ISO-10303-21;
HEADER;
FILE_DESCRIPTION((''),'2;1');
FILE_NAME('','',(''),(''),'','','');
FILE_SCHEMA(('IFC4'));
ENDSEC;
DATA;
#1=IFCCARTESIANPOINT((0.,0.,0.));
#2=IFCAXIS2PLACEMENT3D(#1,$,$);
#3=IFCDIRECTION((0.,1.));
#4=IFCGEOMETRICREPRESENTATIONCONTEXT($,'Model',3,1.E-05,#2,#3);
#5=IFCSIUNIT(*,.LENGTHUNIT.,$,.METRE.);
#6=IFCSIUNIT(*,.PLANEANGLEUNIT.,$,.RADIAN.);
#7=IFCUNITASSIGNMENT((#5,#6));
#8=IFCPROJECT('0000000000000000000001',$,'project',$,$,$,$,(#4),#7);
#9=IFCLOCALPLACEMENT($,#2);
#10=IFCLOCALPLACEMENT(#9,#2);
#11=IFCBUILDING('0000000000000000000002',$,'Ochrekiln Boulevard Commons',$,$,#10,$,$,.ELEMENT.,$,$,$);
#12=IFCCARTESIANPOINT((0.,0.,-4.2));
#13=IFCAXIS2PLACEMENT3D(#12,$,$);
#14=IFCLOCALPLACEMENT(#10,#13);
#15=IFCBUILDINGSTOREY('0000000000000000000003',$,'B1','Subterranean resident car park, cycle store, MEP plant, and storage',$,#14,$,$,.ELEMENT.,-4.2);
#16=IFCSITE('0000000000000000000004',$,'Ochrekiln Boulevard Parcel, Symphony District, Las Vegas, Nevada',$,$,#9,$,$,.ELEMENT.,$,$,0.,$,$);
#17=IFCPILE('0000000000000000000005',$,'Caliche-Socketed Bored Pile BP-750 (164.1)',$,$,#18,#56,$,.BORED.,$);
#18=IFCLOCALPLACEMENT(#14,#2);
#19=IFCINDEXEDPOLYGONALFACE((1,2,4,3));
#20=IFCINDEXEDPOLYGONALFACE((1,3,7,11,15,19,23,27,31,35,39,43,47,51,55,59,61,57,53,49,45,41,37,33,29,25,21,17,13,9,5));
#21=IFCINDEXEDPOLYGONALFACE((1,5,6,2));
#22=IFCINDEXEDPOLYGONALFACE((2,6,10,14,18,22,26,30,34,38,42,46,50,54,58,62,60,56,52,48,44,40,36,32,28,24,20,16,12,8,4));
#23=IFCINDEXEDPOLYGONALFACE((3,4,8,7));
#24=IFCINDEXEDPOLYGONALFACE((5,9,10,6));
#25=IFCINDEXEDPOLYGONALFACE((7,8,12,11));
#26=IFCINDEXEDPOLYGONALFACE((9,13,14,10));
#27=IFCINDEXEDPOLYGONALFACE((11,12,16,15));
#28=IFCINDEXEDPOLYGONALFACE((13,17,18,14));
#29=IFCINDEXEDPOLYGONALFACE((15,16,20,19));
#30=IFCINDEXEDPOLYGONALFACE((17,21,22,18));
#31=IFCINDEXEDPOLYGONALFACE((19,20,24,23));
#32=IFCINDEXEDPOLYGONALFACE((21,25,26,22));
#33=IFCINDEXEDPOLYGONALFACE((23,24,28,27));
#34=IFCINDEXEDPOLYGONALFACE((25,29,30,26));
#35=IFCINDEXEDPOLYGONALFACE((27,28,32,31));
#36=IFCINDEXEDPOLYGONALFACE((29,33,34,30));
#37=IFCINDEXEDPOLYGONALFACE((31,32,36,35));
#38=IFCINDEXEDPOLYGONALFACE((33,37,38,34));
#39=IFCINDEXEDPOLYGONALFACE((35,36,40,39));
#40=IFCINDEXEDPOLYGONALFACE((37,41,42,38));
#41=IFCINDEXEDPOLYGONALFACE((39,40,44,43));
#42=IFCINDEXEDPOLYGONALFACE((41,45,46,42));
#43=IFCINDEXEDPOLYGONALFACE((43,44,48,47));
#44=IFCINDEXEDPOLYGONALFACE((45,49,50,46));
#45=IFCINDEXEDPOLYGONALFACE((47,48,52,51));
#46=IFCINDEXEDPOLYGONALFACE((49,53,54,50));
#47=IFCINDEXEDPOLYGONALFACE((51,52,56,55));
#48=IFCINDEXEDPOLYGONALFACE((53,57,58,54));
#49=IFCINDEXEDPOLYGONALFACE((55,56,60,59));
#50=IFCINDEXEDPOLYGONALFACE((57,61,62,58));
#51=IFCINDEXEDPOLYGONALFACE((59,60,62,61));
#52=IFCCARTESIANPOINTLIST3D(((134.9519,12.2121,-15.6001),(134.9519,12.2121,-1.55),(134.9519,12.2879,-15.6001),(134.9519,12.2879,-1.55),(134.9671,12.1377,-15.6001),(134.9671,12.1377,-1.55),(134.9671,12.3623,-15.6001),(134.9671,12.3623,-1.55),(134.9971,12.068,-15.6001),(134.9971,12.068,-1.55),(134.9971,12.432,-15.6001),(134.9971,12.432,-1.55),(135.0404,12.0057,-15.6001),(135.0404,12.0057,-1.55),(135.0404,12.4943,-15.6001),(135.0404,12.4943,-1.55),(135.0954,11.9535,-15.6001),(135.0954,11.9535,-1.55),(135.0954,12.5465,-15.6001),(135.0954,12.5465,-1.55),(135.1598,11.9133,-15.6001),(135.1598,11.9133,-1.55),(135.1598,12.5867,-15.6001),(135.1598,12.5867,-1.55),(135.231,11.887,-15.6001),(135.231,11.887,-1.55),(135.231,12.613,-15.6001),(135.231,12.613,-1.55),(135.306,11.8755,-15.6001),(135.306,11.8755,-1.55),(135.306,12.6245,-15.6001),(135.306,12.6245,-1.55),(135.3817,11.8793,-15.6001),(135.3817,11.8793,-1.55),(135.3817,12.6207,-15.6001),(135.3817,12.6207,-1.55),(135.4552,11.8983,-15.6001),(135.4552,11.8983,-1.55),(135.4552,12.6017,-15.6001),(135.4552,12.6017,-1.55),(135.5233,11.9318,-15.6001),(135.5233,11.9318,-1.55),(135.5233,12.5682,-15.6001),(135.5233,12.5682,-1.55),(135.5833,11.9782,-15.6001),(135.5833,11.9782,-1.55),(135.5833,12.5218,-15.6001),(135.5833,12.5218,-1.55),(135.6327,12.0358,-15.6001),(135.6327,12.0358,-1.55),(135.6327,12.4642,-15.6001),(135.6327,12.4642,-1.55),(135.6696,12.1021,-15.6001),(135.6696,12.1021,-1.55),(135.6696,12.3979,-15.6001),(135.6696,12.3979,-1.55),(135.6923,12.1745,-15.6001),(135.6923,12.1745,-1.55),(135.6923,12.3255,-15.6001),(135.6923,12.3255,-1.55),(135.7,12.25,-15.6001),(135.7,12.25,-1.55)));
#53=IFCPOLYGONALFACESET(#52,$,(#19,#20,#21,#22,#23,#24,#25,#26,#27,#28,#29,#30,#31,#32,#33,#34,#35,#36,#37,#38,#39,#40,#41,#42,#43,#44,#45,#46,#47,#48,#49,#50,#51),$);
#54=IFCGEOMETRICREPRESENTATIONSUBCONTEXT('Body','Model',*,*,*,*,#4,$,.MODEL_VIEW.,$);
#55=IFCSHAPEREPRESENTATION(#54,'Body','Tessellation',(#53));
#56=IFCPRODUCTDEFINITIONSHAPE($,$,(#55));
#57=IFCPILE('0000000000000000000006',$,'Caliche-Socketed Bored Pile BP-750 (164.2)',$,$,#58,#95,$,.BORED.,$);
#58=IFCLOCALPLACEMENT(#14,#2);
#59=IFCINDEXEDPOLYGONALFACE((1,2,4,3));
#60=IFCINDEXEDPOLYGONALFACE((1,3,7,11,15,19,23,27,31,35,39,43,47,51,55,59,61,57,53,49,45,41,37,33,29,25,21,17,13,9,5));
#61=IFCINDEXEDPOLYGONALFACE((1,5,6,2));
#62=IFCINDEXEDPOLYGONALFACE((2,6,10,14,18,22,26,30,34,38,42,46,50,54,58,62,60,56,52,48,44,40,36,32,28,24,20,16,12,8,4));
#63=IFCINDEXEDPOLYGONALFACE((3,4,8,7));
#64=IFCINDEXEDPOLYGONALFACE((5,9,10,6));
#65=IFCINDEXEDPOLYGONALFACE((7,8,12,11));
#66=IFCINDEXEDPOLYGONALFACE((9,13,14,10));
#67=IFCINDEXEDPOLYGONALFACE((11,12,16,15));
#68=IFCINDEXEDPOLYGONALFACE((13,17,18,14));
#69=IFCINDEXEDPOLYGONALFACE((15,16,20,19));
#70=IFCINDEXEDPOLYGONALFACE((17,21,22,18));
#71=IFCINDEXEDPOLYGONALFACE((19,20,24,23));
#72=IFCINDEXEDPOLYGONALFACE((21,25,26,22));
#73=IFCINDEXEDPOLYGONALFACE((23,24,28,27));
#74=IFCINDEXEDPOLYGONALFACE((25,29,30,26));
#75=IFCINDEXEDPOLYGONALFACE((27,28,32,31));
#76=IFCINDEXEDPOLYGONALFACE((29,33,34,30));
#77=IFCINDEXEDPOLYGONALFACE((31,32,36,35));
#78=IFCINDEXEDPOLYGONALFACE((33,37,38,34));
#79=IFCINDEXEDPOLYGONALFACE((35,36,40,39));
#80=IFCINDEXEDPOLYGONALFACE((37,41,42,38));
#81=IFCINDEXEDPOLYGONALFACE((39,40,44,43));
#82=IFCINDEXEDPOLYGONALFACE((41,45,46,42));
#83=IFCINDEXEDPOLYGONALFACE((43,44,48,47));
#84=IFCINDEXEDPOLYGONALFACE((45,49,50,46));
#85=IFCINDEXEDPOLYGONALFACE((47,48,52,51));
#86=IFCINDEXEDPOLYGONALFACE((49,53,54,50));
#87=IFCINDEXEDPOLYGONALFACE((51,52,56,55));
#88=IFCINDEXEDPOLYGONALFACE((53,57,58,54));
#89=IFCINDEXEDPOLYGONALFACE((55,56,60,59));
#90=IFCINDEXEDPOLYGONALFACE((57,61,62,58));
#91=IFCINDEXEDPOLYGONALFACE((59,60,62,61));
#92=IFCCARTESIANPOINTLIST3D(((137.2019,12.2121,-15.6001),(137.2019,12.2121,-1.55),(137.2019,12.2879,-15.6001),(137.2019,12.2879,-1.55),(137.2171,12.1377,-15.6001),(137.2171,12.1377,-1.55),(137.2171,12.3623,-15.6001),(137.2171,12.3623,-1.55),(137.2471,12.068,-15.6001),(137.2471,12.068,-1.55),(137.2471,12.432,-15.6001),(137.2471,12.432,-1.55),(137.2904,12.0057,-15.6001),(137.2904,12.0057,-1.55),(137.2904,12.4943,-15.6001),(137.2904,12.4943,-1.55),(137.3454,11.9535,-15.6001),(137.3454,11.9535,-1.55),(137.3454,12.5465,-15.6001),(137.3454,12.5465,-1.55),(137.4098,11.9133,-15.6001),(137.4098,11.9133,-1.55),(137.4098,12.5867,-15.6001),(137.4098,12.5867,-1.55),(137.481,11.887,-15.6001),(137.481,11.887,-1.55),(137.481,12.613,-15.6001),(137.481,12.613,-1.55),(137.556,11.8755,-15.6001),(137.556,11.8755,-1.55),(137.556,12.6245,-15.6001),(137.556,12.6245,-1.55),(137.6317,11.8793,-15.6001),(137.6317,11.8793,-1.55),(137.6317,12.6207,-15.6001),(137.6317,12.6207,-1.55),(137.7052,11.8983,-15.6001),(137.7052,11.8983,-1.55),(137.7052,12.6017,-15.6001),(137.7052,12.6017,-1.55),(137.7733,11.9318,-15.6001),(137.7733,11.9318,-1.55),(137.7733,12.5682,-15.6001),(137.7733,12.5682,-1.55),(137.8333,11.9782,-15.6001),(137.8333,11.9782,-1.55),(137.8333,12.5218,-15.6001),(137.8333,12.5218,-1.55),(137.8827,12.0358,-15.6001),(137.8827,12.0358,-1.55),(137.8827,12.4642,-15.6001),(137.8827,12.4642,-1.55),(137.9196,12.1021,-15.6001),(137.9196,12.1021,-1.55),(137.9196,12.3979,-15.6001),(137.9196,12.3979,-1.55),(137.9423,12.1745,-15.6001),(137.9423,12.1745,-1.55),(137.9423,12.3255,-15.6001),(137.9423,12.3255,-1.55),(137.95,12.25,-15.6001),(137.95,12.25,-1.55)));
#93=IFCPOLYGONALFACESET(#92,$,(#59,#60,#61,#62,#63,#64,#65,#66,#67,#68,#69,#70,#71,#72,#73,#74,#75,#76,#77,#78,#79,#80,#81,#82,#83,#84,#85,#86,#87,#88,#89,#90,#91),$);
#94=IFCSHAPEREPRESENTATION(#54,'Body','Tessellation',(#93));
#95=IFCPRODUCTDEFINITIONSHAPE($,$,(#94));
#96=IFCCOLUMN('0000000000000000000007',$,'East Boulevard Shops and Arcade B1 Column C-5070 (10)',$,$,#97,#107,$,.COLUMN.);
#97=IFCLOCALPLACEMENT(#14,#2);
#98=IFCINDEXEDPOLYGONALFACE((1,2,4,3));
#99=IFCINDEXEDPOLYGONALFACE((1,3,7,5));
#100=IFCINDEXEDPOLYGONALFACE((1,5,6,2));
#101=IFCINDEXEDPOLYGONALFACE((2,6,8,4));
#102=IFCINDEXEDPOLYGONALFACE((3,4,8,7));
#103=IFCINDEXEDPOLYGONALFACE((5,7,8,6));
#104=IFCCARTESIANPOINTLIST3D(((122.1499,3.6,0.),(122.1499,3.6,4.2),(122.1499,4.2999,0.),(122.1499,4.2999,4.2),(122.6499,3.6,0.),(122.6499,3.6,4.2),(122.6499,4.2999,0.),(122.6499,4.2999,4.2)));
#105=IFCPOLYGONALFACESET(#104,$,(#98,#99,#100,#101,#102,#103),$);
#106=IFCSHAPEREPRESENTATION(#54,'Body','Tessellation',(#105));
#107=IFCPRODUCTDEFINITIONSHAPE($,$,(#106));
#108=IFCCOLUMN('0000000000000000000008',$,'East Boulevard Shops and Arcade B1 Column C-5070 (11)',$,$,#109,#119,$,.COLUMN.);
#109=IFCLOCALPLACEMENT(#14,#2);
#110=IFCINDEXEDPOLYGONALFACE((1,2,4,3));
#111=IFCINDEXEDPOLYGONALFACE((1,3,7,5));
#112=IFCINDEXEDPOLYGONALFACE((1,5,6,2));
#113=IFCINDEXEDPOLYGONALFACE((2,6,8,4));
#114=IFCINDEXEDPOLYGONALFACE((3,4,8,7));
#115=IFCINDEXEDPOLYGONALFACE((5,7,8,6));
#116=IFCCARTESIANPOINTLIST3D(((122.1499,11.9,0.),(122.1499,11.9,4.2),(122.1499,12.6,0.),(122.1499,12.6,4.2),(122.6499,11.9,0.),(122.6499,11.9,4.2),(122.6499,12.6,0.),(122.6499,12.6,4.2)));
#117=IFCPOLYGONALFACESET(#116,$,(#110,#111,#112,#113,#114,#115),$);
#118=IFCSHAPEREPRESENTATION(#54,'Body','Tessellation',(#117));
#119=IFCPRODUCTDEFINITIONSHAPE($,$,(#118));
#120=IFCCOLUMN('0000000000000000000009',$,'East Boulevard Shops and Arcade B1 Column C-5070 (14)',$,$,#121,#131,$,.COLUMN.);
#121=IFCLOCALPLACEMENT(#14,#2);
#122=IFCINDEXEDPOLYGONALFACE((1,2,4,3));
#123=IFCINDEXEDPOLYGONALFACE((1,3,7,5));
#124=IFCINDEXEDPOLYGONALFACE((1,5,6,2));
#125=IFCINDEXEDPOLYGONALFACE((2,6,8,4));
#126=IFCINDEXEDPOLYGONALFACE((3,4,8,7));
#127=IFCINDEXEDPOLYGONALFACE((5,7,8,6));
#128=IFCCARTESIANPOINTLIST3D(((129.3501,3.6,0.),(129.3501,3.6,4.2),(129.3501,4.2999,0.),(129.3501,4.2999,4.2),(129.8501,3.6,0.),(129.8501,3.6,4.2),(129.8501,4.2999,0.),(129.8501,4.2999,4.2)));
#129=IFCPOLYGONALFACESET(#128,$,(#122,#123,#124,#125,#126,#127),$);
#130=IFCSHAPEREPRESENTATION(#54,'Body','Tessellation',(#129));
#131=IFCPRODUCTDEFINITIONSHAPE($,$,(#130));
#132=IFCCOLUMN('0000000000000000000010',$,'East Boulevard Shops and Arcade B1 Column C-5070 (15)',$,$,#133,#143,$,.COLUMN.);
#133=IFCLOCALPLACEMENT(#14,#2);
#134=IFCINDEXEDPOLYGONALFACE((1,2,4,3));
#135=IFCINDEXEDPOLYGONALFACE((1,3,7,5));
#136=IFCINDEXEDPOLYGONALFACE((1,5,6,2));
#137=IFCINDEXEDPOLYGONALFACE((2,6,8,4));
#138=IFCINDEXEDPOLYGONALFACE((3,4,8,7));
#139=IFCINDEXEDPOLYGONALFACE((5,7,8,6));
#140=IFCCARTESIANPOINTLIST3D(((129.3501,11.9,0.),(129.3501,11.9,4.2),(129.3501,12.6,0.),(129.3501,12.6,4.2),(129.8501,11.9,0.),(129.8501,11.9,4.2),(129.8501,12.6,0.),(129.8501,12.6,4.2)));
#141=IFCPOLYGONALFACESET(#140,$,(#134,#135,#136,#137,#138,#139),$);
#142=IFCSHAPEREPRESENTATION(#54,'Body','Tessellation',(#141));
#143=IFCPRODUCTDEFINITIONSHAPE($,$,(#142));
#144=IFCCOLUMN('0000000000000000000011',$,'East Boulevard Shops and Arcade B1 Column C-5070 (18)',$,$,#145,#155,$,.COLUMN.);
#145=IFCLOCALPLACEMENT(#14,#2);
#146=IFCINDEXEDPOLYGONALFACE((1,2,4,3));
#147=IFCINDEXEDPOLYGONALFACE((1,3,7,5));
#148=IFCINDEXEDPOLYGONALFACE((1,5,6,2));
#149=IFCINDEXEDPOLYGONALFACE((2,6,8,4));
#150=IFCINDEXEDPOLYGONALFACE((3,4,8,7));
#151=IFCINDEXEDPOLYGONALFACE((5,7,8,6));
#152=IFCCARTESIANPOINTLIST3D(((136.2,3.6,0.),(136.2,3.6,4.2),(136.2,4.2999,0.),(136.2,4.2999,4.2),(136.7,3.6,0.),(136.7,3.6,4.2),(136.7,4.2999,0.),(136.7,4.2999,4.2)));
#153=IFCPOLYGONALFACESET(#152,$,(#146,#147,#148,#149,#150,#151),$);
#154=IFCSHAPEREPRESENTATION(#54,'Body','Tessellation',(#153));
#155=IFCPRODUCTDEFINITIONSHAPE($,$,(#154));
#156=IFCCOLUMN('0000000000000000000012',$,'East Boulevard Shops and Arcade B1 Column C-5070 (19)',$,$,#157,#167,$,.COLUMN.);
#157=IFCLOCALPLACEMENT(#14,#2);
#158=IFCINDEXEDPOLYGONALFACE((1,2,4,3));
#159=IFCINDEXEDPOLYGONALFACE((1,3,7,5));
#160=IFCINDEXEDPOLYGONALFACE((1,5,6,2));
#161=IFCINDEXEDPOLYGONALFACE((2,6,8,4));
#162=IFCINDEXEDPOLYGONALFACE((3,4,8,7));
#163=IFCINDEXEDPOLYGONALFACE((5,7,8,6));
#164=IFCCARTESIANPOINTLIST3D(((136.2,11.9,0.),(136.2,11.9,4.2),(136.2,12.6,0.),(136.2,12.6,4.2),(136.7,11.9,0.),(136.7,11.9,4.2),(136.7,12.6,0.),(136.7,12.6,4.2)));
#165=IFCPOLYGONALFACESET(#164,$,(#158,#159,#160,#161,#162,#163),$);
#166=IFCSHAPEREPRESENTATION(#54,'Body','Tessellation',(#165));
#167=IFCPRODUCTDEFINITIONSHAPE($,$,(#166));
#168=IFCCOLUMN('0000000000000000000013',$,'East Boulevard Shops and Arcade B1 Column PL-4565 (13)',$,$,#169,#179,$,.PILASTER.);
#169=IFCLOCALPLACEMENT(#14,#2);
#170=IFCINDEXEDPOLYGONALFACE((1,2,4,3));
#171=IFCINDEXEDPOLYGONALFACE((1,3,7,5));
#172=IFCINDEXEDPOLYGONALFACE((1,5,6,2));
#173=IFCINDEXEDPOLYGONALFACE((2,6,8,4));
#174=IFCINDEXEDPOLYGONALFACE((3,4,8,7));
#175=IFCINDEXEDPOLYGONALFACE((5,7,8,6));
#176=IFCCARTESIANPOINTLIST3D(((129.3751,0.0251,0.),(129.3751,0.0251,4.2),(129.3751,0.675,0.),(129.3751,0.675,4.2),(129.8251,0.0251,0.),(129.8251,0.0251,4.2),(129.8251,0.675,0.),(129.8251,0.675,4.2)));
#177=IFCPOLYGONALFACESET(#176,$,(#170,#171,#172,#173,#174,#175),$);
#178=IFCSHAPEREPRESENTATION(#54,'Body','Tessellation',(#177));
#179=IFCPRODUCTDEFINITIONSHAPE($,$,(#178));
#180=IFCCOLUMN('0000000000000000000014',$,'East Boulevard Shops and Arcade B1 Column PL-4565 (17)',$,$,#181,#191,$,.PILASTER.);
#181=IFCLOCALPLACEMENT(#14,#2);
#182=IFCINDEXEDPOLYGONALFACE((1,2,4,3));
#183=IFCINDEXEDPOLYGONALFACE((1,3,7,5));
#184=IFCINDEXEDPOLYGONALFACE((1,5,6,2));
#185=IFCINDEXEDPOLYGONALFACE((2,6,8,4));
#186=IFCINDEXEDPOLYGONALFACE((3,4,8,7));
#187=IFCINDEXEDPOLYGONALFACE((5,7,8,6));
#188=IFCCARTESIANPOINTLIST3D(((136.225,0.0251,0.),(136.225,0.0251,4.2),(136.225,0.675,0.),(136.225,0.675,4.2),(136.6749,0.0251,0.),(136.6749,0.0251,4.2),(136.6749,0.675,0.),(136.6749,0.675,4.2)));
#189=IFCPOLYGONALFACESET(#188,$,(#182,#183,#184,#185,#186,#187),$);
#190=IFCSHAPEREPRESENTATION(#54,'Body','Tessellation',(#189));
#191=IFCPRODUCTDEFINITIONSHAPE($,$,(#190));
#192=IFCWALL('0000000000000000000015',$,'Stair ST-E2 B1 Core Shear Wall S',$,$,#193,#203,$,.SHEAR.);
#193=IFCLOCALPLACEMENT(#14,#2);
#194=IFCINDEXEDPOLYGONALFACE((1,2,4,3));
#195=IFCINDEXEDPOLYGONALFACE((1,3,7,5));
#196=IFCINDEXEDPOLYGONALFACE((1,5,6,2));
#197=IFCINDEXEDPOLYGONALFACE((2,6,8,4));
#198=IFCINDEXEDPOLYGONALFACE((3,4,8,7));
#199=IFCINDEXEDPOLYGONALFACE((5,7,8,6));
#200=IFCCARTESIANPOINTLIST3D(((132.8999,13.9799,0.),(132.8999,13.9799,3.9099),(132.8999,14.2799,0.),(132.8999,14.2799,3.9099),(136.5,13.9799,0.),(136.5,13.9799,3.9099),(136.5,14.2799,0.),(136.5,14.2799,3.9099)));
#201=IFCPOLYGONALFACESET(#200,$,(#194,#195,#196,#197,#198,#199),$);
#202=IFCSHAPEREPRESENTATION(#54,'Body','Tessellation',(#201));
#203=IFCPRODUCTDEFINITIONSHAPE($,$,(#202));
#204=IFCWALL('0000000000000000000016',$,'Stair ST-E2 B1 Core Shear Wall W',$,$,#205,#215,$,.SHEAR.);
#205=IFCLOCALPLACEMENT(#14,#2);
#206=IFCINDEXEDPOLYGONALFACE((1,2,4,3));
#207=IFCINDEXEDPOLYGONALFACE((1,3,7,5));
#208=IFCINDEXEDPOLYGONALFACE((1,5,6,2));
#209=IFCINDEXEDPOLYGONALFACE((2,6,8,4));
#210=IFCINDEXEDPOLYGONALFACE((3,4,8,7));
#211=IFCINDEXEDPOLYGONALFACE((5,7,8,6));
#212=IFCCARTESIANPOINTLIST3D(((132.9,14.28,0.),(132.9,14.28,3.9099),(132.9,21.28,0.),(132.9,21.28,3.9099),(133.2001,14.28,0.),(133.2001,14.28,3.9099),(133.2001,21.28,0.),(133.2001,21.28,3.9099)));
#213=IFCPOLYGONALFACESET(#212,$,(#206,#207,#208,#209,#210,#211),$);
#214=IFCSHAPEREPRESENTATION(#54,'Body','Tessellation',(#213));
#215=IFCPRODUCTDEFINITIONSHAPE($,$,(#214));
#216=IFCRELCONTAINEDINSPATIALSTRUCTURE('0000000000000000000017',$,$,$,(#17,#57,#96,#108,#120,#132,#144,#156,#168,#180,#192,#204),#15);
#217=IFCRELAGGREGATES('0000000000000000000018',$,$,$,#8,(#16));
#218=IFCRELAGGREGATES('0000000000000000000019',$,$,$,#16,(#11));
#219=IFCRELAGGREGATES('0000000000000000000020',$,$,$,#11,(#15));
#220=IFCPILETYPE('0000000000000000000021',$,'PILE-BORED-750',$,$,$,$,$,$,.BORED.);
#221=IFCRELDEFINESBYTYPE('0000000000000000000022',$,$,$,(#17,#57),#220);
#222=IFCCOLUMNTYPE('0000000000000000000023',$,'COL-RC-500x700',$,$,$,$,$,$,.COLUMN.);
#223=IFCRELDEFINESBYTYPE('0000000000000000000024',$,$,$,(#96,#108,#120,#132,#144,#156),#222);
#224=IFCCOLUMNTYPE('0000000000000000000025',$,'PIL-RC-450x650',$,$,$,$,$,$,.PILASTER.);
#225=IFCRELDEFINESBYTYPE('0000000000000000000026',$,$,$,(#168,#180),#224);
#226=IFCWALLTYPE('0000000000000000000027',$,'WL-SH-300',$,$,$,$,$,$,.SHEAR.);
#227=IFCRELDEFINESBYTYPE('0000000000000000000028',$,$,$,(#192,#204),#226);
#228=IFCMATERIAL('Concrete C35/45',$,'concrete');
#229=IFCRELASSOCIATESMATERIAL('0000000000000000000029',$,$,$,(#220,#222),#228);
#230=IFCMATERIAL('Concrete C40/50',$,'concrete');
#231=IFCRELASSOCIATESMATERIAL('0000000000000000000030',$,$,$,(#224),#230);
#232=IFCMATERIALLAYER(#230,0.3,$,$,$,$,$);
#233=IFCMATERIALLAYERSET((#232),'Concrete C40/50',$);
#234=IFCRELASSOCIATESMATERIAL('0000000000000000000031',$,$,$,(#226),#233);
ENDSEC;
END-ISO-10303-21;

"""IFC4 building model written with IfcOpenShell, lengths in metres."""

from ifc_helpers import new_model, si_unit, direction, frame, frame_2d, origin, origin_2d, place, context, subcontext, project, spatial, rectangle, circle, extrude, material, layer, layer_set, material_profile, profile_set, type_object, element, save


model = new_model("IFC4")

# Units and contexts
model_context = context("Model", 3, precision=1e-05, world=origin(), true_north=direction((0.0, 1.0)))
body_context = subcontext(model_context, "Body", "Model", "MODEL_VIEW")
ifc_project = project(units=[si_unit("LENGTHUNIT", "METRE"), si_unit("PLANEANGLEUNIT", "RADIAN")], contexts=[model_context])

# Site, building, storey
site_placement = place(None, origin())
site = spatial("IfcSite", under=ifc_project, at=site_placement, Name="Ochrekiln Boulevard Parcel, Symphony District, Las Vegas, Nevada", CompositionType="ELEMENT", RefElevation=0.0)
building_placement = place(site_placement, origin())
building = spatial("IfcBuilding", under=site, at=building_placement, Name="Ochrekiln Boulevard Commons", CompositionType="ELEMENT")
storey_placement = place(building_placement, frame((0.0, 0.0, -4.2)))
storey = spatial("IfcBuildingStorey", under=building, at=storey_placement, Name="B1", Description="Subterranean resident car park, cycle store, MEP plant, and storage", CompositionType="ELEMENT", Elevation=-4.2)

# Shared definitions
ifc_material_1 = material(Name="Concrete C35/45", Category="concrete")

# Piles
ifc_material_profile_1 = material_profile(ifc_material_1, circle(Radius=0.375, at=origin_2d()), Name="PILE-D750")
ifc_profile_set_1 = profile_set([ifc_material_profile_1], Name="Concrete C35/45")
pile_type = type_object("IfcPileType", Name="PILE-BORED-750", PredefinedType="BORED", material=ifc_profile_set_1)
for number, where, z_axis, x_axis, name in (
    (1, (135.325, 12.25, -1.55), (0.0, 0.0, -1.0), (1.0, 0.0, 0.0), "Caliche-Socketed Bored Pile BP-750 (164.1)"),
    (2, (137.575, 12.25, -1.55), (0.0, 0.0, -1.0), (1.0, 0.0, 0.0), "Caliche-Socketed Bored Pile BP-750 (164.2)"),
):
    element("IfcPile", number, at=place(storey_placement, frame(where, z_axis=z_axis, x_axis=x_axis)), inside=storey, type_object=pile_type, Name=name, PredefinedType="BORED", context=body_context, shape_type="SweptSolid", body=[
        extrude(circle(Radius=0.375, at=origin_2d()), origin(), (0.0, 0.0, 1.0), 14.05),
    ])

# Columns
ifc_material_profile_2 = material_profile(ifc_material_1, rectangle(XDim=0.5, YDim=0.7, at=origin_2d()), Name="RC-COL-500x700")
ifc_profile_set_2 = profile_set([ifc_material_profile_2], Name="Concrete C35/45")
column_type_1 = type_object("IfcColumnType", Name="COL-RC-500x700", PredefinedType="COLUMN", material=ifc_profile_set_2)
for number, where, z_axis, x_axis, name in (
    (3, (122.3999, 3.95, 0.0), (0.0, 0.0, 1.0), (1.0, 0.0, 0.0), "East Boulevard Shops and Arcade B1 Column C-5070 (10)"),
    (4, (122.3999, 12.25, 0.0), (0.0, 0.0, 1.0), (1.0, 0.0, 0.0), "East Boulevard Shops and Arcade B1 Column C-5070 (11)"),
    (5, (129.6001, 3.95, 0.0), (0.0, 0.0, 1.0), (1.0, 0.0, 0.0), "East Boulevard Shops and Arcade B1 Column C-5070 (14)"),
    (6, (129.6001, 12.25, 0.0), (0.0, 0.0, 1.0), (1.0, 0.0, 0.0), "East Boulevard Shops and Arcade B1 Column C-5070 (15)"),
    (7, (136.45, 3.95, 0.0), (0.0, 0.0, 1.0), (1.0, 0.0, 0.0), "East Boulevard Shops and Arcade B1 Column C-5070 (18)"),
    (8, (136.45, 12.25, 0.0), (0.0, 0.0, 1.0), (1.0, 0.0, 0.0), "East Boulevard Shops and Arcade B1 Column C-5070 (19)"),
):
    element("IfcColumn", number, at=place(storey_placement, frame(where, z_axis=z_axis, x_axis=x_axis)), inside=storey, type_object=column_type_1, Name=name, PredefinedType="COLUMN", context=body_context, shape_type="SweptSolid", body=[
        extrude(rectangle(XDim=0.5, YDim=0.7, at=origin_2d()), origin(), (0.0, 0.0, 1.0), 4.2),
    ])
ifc_material_2 = material(Name="Concrete C40/50", Category="concrete")
ifc_material_profile_3 = material_profile(ifc_material_2, rectangle(XDim=0.45, YDim=0.6499, at=origin_2d()), Name="RC-PIL-450x650")
ifc_profile_set_3 = profile_set([ifc_material_profile_3], Name="Concrete C40/50")
column_type_2 = type_object("IfcColumnType", Name="PIL-RC-450x650", PredefinedType="PILASTER", material=ifc_profile_set_3)
for number, where, z_axis, x_axis, name in (
    (9, (129.6001, 0.3501, 0.0), (0.0, 0.0, 1.0), (1.0, 0.0, 0.0), "East Boulevard Shops and Arcade B1 Column PL-4565 (13)"),
    (10, (136.45, 0.3501, 0.0), (0.0, 0.0, 1.0), (1.0, 0.0, 0.0), "East Boulevard Shops and Arcade B1 Column PL-4565 (17)"),
):
    element("IfcColumn", number, at=place(storey_placement, frame(where, z_axis=z_axis, x_axis=x_axis)), inside=storey, type_object=column_type_2, Name=name, PredefinedType="PILASTER", context=body_context, shape_type="SweptSolid", body=[
        extrude(rectangle(XDim=0.45, YDim=0.6499, at=origin_2d()), origin(), (0.0, 0.0, 1.0), 4.2),
    ])

# Walls
ifc_layer = layer(ifc_material_2, 0.3)
ifc_layer_set = layer_set([ifc_layer], Name="Concrete C40/50")
wall_type = type_object("IfcWallType", Name="WL-SH-300", PredefinedType="SHEAR", material=ifc_layer_set)
wall_placement = place(storey_placement, frame((132.8999, 14.1299, 0.0), z_axis=(0.0, 0.0, 1.0), x_axis=(1.0, 0.0, 0.0)))
element("IfcWall", 11, at=wall_placement, inside=storey, type_object=wall_type, Name="Stair ST-E2 B1 Core Shear Wall S", PredefinedType="SHEAR", context=body_context, shape_type="SweptSolid", body=[
    extrude(rectangle(XDim=3.6001, YDim=0.3, at=frame_2d((1.8, 0.0))), origin(), (0.0, 0.0, 1.0), 3.9099),
])
for number, where, z_axis, x_axis, name in (
    (12, (133.05, 14.28, 0.0), (0.0, 0.0, 1.0), (0.0, 1.0, 0.0), "Stair ST-E2 B1 Core Shear Wall W"),
):
    element("IfcWall", number, at=place(storey_placement, frame(where, z_axis=z_axis, x_axis=x_axis)), inside=storey, type_object=wall_type, Name=name, PredefinedType="SHEAR", context=body_context, shape_type="SweptSolid", body=[
        extrude(rectangle(XDim=7.0, YDim=0.3, at=frame_2d((3.5, 0.0))), origin(), (0.0, 0.0, 1.0), 3.9099),
    ])

save(model, "model.ifc")
